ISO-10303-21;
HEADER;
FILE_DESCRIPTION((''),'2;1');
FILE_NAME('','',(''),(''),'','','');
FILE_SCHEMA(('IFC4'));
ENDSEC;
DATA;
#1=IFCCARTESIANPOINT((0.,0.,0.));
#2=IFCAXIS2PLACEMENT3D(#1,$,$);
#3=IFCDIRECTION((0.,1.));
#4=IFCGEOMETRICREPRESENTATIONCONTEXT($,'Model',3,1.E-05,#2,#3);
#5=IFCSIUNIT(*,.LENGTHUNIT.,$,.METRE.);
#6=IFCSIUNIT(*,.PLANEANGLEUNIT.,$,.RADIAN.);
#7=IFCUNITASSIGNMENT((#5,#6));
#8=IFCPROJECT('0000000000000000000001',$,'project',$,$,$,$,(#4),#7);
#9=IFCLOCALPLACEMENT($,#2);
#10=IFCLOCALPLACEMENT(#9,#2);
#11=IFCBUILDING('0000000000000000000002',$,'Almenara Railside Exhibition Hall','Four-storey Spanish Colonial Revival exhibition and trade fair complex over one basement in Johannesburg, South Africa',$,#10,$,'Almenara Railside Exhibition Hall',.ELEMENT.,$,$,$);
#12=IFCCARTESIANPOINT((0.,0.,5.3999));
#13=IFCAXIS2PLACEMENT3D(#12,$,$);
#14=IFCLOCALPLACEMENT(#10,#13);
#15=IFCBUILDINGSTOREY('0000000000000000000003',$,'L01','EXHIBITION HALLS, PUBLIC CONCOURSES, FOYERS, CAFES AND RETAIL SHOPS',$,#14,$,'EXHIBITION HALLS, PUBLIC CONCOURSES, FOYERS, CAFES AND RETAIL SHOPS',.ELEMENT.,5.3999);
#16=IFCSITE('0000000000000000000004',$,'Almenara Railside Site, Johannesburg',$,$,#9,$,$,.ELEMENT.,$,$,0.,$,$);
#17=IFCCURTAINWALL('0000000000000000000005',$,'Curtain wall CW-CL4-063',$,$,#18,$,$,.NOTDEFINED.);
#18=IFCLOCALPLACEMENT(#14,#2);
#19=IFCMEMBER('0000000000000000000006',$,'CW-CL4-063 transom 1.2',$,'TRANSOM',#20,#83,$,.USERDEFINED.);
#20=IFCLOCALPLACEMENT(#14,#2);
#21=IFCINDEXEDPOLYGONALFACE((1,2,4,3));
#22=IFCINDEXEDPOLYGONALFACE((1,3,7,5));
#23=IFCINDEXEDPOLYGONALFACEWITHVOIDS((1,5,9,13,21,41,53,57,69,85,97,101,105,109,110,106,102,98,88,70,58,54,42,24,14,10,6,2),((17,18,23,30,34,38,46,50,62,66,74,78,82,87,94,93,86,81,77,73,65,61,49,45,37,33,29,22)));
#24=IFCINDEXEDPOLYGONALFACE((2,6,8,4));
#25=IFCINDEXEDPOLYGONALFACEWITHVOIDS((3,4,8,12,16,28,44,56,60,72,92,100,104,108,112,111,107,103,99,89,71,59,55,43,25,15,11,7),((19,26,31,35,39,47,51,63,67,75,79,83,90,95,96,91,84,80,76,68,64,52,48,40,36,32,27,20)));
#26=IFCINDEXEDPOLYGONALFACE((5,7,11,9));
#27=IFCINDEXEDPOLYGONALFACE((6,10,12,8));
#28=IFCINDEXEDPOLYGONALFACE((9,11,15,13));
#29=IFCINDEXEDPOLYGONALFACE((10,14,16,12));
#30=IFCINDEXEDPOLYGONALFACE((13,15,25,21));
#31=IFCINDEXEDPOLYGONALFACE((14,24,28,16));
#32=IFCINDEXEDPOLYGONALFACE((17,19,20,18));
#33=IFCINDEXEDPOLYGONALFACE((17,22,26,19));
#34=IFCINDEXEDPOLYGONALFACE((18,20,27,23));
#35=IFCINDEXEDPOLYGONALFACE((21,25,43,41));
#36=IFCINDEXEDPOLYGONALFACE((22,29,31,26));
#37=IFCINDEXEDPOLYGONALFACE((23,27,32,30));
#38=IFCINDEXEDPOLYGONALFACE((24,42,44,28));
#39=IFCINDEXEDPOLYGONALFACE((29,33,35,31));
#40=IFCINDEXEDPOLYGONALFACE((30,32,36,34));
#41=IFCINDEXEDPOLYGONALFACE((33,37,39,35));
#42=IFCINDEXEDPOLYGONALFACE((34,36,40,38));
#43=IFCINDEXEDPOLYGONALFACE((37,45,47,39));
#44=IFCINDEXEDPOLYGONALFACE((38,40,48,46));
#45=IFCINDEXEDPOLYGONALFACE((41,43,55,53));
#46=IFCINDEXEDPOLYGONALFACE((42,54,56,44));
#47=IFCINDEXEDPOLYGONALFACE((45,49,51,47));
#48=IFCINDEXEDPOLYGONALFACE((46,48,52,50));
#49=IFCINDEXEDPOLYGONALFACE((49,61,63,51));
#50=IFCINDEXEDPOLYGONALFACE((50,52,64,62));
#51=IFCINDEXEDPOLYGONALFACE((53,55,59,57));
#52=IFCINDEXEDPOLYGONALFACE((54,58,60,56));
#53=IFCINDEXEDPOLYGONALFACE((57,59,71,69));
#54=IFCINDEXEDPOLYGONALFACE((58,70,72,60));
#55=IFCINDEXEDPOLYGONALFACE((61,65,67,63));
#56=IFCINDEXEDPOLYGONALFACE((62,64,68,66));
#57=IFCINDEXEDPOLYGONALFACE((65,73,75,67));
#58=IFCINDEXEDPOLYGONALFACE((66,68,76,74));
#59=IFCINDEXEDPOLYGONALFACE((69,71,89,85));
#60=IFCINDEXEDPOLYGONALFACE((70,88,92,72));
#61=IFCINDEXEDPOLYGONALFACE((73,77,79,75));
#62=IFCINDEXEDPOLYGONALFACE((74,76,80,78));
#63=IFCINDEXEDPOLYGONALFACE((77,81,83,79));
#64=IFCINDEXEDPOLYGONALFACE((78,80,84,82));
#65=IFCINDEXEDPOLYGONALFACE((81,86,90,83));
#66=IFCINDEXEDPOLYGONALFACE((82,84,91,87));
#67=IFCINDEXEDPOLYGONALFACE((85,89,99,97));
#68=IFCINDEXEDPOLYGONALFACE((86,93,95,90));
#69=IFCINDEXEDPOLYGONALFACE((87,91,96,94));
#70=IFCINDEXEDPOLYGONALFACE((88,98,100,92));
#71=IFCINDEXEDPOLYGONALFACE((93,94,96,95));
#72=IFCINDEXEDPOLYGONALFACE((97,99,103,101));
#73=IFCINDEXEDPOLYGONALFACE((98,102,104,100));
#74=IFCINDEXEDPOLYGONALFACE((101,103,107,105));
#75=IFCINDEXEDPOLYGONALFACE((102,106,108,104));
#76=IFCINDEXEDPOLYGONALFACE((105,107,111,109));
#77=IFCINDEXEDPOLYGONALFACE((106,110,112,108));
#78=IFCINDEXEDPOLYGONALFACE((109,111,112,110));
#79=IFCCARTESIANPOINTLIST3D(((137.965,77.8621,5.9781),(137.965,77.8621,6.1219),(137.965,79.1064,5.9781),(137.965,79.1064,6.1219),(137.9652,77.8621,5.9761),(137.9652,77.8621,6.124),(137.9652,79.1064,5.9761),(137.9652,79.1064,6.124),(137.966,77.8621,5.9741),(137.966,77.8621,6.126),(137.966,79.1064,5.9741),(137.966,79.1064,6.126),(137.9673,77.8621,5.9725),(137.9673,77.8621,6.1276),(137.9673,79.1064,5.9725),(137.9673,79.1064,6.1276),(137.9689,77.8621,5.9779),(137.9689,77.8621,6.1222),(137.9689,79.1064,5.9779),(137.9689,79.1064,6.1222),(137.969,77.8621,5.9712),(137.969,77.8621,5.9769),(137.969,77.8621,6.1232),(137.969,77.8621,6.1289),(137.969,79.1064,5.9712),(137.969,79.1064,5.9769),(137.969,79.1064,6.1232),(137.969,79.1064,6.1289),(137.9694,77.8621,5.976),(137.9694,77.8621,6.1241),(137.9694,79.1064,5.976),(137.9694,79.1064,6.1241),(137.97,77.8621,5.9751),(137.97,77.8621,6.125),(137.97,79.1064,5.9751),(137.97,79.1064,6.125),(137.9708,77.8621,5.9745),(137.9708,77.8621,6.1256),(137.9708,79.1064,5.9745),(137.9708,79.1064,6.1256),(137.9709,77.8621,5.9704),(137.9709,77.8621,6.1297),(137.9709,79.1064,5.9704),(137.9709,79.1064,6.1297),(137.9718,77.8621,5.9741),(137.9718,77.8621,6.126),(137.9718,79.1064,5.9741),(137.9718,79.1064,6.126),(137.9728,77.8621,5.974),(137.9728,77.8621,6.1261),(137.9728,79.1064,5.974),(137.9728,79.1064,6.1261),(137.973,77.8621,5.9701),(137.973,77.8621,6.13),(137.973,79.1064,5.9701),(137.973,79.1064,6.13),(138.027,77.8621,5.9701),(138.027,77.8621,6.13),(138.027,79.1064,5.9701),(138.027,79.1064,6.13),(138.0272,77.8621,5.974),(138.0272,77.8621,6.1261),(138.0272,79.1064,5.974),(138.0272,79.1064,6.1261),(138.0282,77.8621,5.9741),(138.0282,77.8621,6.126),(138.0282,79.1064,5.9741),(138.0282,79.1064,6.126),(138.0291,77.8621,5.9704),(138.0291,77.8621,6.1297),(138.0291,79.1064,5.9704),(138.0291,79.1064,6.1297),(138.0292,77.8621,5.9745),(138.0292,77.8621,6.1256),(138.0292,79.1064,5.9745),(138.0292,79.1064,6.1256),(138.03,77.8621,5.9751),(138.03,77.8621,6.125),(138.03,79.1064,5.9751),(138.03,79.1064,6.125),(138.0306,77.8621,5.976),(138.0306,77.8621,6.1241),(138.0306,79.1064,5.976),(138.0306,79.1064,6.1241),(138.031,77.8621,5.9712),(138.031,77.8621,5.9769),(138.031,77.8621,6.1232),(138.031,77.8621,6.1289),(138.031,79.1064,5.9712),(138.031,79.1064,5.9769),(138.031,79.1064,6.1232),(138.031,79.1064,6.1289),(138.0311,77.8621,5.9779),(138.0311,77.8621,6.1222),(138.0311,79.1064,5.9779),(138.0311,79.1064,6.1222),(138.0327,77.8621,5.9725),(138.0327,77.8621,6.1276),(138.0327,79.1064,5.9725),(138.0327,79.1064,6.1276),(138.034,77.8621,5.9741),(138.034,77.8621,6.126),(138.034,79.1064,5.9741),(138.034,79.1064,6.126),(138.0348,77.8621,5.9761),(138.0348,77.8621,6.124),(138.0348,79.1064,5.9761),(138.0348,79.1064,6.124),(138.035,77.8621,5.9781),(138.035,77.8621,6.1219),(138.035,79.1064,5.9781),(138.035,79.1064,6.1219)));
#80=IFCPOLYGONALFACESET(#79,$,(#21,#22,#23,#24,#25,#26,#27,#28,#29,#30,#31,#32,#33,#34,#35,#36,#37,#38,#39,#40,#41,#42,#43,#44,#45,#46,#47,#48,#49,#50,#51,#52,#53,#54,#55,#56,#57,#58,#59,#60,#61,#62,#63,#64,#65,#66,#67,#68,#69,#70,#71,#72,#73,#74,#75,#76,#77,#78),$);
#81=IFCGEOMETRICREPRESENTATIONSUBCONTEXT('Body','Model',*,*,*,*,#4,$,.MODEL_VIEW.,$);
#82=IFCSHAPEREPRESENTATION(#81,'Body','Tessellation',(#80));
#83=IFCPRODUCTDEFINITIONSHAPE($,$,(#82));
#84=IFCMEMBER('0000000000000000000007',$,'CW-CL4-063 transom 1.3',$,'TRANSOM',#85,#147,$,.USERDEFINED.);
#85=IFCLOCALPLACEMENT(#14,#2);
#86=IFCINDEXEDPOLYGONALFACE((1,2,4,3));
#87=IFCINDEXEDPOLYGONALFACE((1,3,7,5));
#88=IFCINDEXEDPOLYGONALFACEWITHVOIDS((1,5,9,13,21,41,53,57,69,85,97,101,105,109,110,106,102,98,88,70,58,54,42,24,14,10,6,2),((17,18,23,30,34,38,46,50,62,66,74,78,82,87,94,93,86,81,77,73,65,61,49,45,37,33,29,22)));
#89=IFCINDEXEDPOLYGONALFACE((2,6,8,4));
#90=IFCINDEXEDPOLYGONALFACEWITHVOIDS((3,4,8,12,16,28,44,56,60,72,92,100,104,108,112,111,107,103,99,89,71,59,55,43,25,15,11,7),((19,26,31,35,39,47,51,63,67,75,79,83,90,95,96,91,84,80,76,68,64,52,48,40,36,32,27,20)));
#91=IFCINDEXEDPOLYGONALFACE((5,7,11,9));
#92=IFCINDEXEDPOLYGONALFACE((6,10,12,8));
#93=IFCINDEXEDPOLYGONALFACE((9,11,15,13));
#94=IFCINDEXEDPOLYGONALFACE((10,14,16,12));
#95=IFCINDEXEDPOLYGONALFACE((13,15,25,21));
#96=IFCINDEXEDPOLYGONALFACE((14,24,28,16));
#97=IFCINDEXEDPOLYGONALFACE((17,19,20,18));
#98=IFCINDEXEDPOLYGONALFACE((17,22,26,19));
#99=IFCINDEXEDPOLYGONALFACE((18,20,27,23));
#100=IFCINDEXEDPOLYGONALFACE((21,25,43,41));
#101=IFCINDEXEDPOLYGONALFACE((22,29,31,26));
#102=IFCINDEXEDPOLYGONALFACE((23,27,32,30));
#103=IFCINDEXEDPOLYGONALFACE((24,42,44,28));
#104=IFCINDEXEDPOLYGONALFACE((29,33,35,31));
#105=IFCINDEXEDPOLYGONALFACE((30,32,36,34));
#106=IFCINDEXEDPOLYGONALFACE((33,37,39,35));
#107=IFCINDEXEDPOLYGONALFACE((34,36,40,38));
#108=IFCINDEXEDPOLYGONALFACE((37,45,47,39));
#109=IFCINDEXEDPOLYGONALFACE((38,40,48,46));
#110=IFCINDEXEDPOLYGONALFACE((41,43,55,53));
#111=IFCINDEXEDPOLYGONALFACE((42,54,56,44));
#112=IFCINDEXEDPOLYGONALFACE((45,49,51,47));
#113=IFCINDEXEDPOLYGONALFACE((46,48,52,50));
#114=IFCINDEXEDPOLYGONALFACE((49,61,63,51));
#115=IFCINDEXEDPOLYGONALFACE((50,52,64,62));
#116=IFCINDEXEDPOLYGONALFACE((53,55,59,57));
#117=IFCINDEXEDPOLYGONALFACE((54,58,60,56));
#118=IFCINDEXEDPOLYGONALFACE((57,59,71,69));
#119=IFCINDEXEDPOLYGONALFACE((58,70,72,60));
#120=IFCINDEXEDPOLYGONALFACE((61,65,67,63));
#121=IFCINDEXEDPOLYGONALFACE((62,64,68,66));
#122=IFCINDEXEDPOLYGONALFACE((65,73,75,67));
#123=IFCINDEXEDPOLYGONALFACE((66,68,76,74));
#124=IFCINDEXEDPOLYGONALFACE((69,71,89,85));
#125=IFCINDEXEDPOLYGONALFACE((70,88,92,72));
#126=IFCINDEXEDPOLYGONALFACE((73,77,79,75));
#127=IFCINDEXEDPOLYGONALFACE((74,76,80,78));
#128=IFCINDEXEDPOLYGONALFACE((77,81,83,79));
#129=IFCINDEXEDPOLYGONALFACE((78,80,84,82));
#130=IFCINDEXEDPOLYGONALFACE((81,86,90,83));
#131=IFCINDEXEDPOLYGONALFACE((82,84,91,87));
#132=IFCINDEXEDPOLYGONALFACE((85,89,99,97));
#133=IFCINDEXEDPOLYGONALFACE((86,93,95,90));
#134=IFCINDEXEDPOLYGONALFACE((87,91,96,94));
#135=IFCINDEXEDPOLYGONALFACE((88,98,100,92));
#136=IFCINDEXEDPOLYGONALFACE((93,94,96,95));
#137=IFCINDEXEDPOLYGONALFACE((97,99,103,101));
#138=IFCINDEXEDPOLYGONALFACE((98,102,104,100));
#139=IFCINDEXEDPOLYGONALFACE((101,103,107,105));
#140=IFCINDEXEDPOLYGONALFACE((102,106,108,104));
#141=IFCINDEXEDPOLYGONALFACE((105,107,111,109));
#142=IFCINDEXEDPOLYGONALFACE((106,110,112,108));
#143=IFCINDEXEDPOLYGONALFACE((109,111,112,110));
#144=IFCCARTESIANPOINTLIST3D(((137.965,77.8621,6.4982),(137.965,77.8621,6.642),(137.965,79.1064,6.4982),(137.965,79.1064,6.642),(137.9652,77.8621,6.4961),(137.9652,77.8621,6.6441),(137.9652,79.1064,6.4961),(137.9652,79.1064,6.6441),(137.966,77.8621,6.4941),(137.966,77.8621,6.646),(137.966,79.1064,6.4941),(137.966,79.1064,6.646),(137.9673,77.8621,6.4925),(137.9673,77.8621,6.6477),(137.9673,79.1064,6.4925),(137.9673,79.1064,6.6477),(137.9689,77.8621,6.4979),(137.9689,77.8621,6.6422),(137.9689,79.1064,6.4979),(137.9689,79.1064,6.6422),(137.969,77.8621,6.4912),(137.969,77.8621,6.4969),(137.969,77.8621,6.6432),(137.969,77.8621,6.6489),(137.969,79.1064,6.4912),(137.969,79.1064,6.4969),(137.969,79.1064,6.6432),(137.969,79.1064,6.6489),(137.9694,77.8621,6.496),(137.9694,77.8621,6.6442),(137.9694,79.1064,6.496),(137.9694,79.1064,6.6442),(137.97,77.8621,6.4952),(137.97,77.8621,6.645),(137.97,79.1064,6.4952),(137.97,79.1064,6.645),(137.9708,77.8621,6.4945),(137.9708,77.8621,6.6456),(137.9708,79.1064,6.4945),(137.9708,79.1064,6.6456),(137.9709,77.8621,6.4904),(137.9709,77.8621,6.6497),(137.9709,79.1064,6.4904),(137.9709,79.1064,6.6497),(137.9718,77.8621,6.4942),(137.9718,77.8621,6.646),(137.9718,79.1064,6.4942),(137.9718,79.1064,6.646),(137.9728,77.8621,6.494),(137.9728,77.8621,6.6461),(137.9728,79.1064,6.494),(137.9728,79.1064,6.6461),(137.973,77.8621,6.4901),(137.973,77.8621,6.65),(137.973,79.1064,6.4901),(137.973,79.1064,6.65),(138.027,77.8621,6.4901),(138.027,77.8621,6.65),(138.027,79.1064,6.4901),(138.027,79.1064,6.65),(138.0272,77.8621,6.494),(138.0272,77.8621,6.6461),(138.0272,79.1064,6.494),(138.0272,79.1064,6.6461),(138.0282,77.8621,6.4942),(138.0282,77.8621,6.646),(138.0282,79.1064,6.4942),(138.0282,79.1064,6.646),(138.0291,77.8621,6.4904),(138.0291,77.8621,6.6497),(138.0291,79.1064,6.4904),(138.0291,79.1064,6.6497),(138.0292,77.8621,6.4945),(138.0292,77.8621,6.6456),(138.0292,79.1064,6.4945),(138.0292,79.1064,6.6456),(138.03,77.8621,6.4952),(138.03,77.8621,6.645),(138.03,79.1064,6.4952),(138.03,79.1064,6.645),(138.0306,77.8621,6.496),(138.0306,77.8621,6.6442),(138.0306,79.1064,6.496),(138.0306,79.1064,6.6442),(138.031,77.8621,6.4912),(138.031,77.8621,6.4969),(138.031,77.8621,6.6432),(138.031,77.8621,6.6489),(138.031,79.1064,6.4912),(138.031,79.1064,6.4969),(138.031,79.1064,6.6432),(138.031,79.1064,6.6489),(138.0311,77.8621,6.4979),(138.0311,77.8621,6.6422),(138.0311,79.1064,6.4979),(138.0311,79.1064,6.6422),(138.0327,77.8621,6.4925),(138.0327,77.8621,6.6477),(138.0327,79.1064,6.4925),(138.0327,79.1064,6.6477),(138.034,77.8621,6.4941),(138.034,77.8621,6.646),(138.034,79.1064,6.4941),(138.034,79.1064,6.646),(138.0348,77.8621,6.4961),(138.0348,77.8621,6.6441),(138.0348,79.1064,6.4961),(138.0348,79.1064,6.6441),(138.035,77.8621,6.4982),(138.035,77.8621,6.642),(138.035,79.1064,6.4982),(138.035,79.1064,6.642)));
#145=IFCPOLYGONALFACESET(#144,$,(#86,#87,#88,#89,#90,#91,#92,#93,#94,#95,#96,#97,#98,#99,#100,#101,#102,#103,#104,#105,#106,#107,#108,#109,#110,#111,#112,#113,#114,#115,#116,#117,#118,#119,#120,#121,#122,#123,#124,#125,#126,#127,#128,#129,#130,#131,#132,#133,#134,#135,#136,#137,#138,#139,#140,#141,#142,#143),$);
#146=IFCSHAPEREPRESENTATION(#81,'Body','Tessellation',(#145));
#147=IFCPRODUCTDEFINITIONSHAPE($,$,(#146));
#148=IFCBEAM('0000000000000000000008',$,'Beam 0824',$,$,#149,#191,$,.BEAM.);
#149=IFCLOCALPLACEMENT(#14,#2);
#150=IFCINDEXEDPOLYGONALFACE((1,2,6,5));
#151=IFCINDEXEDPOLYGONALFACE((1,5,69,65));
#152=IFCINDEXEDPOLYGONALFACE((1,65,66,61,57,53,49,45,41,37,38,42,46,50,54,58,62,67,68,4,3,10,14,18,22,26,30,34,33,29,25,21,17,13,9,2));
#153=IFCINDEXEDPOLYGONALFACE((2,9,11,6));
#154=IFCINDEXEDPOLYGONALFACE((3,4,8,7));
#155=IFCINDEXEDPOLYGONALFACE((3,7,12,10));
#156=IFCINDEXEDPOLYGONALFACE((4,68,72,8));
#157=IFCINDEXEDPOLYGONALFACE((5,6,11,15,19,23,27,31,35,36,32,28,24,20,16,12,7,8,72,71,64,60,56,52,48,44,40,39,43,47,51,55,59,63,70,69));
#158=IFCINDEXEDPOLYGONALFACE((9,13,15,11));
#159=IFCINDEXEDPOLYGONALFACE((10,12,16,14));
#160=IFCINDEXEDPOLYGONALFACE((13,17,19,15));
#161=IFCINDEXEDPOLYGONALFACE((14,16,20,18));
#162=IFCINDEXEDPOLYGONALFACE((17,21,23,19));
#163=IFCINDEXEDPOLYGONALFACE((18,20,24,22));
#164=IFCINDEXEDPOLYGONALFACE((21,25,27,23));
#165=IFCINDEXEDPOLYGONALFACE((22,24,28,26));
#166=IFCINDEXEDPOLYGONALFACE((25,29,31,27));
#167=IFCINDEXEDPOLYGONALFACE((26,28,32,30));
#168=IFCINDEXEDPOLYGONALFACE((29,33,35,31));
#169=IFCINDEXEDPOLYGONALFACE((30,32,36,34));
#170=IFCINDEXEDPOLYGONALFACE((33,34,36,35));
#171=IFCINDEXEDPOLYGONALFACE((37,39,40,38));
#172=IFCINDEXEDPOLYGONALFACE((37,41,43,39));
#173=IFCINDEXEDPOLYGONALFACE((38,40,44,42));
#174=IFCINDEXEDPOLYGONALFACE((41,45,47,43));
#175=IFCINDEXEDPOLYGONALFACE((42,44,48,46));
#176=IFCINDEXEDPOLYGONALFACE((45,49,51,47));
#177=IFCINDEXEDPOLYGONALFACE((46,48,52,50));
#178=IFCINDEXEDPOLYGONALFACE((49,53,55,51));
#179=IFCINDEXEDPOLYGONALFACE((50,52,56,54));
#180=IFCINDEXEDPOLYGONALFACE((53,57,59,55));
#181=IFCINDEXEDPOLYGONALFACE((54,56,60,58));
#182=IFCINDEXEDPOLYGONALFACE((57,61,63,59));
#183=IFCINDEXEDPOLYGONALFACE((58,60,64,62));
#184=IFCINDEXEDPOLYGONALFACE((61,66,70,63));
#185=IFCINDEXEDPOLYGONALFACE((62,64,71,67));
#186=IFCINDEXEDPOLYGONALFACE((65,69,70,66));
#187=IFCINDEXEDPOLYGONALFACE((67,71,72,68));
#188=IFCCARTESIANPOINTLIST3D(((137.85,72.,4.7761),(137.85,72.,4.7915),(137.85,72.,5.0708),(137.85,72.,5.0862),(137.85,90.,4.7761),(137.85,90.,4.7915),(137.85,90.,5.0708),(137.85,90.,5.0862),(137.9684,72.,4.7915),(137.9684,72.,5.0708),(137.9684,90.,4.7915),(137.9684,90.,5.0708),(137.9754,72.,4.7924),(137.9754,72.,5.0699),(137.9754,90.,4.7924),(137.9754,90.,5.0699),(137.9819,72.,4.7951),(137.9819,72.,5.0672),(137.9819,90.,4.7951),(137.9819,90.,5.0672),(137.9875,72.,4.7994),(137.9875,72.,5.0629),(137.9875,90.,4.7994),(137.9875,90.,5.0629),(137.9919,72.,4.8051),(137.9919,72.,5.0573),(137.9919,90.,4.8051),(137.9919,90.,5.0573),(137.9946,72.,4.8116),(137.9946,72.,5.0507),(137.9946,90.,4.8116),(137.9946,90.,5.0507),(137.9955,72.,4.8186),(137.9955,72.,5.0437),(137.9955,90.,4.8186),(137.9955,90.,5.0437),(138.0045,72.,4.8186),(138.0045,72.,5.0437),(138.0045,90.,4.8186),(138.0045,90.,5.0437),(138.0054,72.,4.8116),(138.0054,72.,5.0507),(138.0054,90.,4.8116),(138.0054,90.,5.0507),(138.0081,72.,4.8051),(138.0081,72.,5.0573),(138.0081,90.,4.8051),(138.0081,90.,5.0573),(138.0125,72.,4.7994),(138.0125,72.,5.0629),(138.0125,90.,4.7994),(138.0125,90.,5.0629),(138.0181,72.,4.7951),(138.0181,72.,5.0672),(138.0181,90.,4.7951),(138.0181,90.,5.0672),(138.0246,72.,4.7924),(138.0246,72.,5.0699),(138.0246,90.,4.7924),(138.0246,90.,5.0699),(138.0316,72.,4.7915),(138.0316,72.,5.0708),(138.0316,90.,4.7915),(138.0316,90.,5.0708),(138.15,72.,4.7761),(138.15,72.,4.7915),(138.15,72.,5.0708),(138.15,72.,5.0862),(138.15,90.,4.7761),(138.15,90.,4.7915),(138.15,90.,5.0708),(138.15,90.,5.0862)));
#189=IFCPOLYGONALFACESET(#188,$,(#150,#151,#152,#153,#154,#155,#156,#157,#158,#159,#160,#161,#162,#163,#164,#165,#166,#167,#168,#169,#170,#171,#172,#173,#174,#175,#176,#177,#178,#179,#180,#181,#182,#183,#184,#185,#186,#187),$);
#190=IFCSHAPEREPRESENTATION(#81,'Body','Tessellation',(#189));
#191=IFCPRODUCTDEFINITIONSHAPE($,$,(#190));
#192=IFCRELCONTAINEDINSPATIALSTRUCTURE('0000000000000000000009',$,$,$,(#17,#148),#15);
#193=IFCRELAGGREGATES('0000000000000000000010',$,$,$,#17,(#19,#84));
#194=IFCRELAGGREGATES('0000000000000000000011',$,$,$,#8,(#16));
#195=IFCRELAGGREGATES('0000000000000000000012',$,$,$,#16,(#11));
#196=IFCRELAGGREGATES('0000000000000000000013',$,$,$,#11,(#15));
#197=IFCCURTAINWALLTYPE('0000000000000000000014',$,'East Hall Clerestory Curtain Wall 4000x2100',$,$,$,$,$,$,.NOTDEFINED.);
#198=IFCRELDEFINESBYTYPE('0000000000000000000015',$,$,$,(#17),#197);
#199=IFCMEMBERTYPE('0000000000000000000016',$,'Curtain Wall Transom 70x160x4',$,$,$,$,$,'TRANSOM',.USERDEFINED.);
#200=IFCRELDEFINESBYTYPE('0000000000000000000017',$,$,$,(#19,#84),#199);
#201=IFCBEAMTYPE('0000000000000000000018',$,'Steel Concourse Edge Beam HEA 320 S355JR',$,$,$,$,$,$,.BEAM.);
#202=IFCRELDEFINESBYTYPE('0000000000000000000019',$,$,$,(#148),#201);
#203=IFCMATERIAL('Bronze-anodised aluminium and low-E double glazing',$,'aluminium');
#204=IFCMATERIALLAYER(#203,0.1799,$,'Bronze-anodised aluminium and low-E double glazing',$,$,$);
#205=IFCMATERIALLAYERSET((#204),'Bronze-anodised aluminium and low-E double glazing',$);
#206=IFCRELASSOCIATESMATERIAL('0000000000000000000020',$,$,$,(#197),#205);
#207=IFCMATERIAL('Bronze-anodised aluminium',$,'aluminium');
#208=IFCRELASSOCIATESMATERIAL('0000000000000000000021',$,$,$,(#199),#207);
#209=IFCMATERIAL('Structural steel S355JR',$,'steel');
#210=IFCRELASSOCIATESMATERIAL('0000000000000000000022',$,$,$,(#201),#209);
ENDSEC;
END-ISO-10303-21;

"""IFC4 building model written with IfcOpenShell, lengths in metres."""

from ifc_helpers import new_model, si_unit, direction, frame, origin, origin_2d, place, context, subcontext, project, spatial, hollow_rectangle, i_section, extrude, material, layer, layer_set, material_profile, profile_set, type_object, element, aggregate, save


model = new_model("IFC4")

# Units and contexts
model_context = context("Model", 3, precision=1e-05, world=origin(), true_north=direction((0.0, 1.0)))
body_context = subcontext(model_context, "Body", "Model", "MODEL_VIEW")
ifc_project = project(units=[si_unit("LENGTHUNIT", "METRE"), si_unit("PLANEANGLEUNIT", "RADIAN")], contexts=[model_context])

# Site, building, storey
site_placement = place(None, origin())
site = spatial("IfcSite", under=ifc_project, at=site_placement, Name="Almenara Railside Site, Johannesburg", CompositionType="ELEMENT", RefElevation=0.0)
building_placement = place(site_placement, origin())
building = spatial("IfcBuilding", under=site, at=building_placement, Name="Almenara Railside Exhibition Hall", Description="Four-storey Spanish Colonial Revival exhibition and trade fair complex over one basement in Johannesburg, South Africa", LongName="Almenara Railside Exhibition Hall", CompositionType="ELEMENT")
storey_placement = place(building_placement, frame((0.0, 0.0, 5.3999)))
storey = spatial("IfcBuildingStorey", under=building, at=storey_placement, Name="L01", Description="EXHIBITION HALLS, PUBLIC CONCOURSES, FOYERS, CAFES AND RETAIL SHOPS", LongName="EXHIBITION HALLS, PUBLIC CONCOURSES, FOYERS, CAFES AND RETAIL SHOPS", CompositionType="ELEMENT", Elevation=5.3999)

# Shared definitions
ifc_material_1 = material(Name="Bronze-anodised aluminium and low-E double glazing", Category="aluminium")
ifc_material_2 = material(Name="Bronze-anodised aluminium", Category="aluminium")

# Curtain wall
ifc_layer_1 = layer(ifc_material_1, 0.1799, Name="Bronze-anodised aluminium and low-E double glazing")
ifc_layer_set_1 = layer_set([ifc_layer_1], Name="Bronze-anodised aluminium and low-E double glazing")
curtain_wall_type_1 = type_object("IfcCurtainWallType", Name="East Hall Clerestory Curtain Wall 4000x2100", PredefinedType="NOTDEFINED", material=ifc_layer_set_1)
curtain_wall_1_placement = place(storey_placement, origin())
curtain_wall_1 = element("IfcCurtainWall", 1, at=curtain_wall_1_placement, inside=storey, type_object=curtain_wall_type_1, Name="Curtain wall CW-CL4-063", PredefinedType="NOTDEFINED")

# Members
ifc_material_profile_1 = material_profile(ifc_material_2, hollow_rectangle(XDim=0.0701, YDim=0.1599, WallThickness=0.0039, InnerFilletRadius=0.0039, OuterFilletRadius=0.0081, at=origin_2d()), Name="ALU-TRN 70x160x4")
ifc_profile_set_1 = profile_set([ifc_material_profile_1], Name="Bronze-anodised aluminium")
member_type_1 = type_object("IfcMemberType", Name="Curtain Wall Transom 70x160x4", ElementType="TRANSOM", PredefinedType="USERDEFINED", material=ifc_profile_set_1)
member_1_placement = place(storey_placement, frame((138.0, 77.8621, 6.05), z_axis=(0.0, 1.0, 0.0), x_axis=(-1.0, 0.0, 0.0)))
member_1 = element("IfcMember", 2, at=member_1_placement, type_object=member_type_1, Name="CW-CL4-063 transom 1.2", ObjectType="TRANSOM", PredefinedType="USERDEFINED", context=body_context, shape_type="SweptSolid", body=[
    extrude(hollow_rectangle(XDim=0.0701, YDim=0.1599, WallThickness=0.0039, InnerFilletRadius=0.0039, OuterFilletRadius=0.0081, at=origin_2d()), origin(), (0.0, 0.0, 1.0), 1.2444),
])
member_2_placement = place(storey_placement, frame((138.0, 77.8621, 6.5701), z_axis=(0.0, 1.0, 0.0), x_axis=(-1.0, 0.0, 0.0)))
member_2 = element("IfcMember", 3, at=member_2_placement, type_object=member_type_1, Name="CW-CL4-063 transom 1.3", ObjectType="TRANSOM", PredefinedType="USERDEFINED", context=body_context, shape_type="SweptSolid", body=[
    extrude(hollow_rectangle(XDim=0.0701, YDim=0.1599, WallThickness=0.0039, InnerFilletRadius=0.0039, OuterFilletRadius=0.0081, at=origin_2d()), origin(), (0.0, 0.0, 1.0), 1.2444),
])

# Beam
ifc_material_3 = material(Name="Structural steel S355JR", Category="steel")
ifc_material_profile_2 = material_profile(ifc_material_3, i_section(OverallWidth=0.3, OverallDepth=0.3101, WebThickness=0.009, FlangeThickness=0.0154, FilletRadius=0.0271, at=origin_2d()), Name="HEA 320")
ifc_profile_set_2 = profile_set([ifc_material_profile_2], Name="Structural steel S355JR")
beam_type = type_object("IfcBeamType", Name="Steel Concourse Edge Beam HEA 320 S355JR", PredefinedType="BEAM", material=ifc_profile_set_2)
beam_placement = place(storey_placement, frame((138.0, 72.0, 4.9312), z_axis=(0.0, 1.0, 0.0), x_axis=(-1.0, 0.0, 0.0)))
element("IfcBeam", 4, at=beam_placement, inside=storey, type_object=beam_type, Name="Beam 0824", PredefinedType="BEAM", context=body_context, shape_type="SweptSolid", body=[
    extrude(i_section(OverallWidth=0.3, OverallDepth=0.3101, WebThickness=0.009, FlangeThickness=0.0154, FilletRadius=0.0271, at=origin_2d()), origin(), (0.0, 0.0, 1.0), 18.0),
])

aggregate(curtain_wall_1, [member_1, member_2])

save(model, "model.ifc")
